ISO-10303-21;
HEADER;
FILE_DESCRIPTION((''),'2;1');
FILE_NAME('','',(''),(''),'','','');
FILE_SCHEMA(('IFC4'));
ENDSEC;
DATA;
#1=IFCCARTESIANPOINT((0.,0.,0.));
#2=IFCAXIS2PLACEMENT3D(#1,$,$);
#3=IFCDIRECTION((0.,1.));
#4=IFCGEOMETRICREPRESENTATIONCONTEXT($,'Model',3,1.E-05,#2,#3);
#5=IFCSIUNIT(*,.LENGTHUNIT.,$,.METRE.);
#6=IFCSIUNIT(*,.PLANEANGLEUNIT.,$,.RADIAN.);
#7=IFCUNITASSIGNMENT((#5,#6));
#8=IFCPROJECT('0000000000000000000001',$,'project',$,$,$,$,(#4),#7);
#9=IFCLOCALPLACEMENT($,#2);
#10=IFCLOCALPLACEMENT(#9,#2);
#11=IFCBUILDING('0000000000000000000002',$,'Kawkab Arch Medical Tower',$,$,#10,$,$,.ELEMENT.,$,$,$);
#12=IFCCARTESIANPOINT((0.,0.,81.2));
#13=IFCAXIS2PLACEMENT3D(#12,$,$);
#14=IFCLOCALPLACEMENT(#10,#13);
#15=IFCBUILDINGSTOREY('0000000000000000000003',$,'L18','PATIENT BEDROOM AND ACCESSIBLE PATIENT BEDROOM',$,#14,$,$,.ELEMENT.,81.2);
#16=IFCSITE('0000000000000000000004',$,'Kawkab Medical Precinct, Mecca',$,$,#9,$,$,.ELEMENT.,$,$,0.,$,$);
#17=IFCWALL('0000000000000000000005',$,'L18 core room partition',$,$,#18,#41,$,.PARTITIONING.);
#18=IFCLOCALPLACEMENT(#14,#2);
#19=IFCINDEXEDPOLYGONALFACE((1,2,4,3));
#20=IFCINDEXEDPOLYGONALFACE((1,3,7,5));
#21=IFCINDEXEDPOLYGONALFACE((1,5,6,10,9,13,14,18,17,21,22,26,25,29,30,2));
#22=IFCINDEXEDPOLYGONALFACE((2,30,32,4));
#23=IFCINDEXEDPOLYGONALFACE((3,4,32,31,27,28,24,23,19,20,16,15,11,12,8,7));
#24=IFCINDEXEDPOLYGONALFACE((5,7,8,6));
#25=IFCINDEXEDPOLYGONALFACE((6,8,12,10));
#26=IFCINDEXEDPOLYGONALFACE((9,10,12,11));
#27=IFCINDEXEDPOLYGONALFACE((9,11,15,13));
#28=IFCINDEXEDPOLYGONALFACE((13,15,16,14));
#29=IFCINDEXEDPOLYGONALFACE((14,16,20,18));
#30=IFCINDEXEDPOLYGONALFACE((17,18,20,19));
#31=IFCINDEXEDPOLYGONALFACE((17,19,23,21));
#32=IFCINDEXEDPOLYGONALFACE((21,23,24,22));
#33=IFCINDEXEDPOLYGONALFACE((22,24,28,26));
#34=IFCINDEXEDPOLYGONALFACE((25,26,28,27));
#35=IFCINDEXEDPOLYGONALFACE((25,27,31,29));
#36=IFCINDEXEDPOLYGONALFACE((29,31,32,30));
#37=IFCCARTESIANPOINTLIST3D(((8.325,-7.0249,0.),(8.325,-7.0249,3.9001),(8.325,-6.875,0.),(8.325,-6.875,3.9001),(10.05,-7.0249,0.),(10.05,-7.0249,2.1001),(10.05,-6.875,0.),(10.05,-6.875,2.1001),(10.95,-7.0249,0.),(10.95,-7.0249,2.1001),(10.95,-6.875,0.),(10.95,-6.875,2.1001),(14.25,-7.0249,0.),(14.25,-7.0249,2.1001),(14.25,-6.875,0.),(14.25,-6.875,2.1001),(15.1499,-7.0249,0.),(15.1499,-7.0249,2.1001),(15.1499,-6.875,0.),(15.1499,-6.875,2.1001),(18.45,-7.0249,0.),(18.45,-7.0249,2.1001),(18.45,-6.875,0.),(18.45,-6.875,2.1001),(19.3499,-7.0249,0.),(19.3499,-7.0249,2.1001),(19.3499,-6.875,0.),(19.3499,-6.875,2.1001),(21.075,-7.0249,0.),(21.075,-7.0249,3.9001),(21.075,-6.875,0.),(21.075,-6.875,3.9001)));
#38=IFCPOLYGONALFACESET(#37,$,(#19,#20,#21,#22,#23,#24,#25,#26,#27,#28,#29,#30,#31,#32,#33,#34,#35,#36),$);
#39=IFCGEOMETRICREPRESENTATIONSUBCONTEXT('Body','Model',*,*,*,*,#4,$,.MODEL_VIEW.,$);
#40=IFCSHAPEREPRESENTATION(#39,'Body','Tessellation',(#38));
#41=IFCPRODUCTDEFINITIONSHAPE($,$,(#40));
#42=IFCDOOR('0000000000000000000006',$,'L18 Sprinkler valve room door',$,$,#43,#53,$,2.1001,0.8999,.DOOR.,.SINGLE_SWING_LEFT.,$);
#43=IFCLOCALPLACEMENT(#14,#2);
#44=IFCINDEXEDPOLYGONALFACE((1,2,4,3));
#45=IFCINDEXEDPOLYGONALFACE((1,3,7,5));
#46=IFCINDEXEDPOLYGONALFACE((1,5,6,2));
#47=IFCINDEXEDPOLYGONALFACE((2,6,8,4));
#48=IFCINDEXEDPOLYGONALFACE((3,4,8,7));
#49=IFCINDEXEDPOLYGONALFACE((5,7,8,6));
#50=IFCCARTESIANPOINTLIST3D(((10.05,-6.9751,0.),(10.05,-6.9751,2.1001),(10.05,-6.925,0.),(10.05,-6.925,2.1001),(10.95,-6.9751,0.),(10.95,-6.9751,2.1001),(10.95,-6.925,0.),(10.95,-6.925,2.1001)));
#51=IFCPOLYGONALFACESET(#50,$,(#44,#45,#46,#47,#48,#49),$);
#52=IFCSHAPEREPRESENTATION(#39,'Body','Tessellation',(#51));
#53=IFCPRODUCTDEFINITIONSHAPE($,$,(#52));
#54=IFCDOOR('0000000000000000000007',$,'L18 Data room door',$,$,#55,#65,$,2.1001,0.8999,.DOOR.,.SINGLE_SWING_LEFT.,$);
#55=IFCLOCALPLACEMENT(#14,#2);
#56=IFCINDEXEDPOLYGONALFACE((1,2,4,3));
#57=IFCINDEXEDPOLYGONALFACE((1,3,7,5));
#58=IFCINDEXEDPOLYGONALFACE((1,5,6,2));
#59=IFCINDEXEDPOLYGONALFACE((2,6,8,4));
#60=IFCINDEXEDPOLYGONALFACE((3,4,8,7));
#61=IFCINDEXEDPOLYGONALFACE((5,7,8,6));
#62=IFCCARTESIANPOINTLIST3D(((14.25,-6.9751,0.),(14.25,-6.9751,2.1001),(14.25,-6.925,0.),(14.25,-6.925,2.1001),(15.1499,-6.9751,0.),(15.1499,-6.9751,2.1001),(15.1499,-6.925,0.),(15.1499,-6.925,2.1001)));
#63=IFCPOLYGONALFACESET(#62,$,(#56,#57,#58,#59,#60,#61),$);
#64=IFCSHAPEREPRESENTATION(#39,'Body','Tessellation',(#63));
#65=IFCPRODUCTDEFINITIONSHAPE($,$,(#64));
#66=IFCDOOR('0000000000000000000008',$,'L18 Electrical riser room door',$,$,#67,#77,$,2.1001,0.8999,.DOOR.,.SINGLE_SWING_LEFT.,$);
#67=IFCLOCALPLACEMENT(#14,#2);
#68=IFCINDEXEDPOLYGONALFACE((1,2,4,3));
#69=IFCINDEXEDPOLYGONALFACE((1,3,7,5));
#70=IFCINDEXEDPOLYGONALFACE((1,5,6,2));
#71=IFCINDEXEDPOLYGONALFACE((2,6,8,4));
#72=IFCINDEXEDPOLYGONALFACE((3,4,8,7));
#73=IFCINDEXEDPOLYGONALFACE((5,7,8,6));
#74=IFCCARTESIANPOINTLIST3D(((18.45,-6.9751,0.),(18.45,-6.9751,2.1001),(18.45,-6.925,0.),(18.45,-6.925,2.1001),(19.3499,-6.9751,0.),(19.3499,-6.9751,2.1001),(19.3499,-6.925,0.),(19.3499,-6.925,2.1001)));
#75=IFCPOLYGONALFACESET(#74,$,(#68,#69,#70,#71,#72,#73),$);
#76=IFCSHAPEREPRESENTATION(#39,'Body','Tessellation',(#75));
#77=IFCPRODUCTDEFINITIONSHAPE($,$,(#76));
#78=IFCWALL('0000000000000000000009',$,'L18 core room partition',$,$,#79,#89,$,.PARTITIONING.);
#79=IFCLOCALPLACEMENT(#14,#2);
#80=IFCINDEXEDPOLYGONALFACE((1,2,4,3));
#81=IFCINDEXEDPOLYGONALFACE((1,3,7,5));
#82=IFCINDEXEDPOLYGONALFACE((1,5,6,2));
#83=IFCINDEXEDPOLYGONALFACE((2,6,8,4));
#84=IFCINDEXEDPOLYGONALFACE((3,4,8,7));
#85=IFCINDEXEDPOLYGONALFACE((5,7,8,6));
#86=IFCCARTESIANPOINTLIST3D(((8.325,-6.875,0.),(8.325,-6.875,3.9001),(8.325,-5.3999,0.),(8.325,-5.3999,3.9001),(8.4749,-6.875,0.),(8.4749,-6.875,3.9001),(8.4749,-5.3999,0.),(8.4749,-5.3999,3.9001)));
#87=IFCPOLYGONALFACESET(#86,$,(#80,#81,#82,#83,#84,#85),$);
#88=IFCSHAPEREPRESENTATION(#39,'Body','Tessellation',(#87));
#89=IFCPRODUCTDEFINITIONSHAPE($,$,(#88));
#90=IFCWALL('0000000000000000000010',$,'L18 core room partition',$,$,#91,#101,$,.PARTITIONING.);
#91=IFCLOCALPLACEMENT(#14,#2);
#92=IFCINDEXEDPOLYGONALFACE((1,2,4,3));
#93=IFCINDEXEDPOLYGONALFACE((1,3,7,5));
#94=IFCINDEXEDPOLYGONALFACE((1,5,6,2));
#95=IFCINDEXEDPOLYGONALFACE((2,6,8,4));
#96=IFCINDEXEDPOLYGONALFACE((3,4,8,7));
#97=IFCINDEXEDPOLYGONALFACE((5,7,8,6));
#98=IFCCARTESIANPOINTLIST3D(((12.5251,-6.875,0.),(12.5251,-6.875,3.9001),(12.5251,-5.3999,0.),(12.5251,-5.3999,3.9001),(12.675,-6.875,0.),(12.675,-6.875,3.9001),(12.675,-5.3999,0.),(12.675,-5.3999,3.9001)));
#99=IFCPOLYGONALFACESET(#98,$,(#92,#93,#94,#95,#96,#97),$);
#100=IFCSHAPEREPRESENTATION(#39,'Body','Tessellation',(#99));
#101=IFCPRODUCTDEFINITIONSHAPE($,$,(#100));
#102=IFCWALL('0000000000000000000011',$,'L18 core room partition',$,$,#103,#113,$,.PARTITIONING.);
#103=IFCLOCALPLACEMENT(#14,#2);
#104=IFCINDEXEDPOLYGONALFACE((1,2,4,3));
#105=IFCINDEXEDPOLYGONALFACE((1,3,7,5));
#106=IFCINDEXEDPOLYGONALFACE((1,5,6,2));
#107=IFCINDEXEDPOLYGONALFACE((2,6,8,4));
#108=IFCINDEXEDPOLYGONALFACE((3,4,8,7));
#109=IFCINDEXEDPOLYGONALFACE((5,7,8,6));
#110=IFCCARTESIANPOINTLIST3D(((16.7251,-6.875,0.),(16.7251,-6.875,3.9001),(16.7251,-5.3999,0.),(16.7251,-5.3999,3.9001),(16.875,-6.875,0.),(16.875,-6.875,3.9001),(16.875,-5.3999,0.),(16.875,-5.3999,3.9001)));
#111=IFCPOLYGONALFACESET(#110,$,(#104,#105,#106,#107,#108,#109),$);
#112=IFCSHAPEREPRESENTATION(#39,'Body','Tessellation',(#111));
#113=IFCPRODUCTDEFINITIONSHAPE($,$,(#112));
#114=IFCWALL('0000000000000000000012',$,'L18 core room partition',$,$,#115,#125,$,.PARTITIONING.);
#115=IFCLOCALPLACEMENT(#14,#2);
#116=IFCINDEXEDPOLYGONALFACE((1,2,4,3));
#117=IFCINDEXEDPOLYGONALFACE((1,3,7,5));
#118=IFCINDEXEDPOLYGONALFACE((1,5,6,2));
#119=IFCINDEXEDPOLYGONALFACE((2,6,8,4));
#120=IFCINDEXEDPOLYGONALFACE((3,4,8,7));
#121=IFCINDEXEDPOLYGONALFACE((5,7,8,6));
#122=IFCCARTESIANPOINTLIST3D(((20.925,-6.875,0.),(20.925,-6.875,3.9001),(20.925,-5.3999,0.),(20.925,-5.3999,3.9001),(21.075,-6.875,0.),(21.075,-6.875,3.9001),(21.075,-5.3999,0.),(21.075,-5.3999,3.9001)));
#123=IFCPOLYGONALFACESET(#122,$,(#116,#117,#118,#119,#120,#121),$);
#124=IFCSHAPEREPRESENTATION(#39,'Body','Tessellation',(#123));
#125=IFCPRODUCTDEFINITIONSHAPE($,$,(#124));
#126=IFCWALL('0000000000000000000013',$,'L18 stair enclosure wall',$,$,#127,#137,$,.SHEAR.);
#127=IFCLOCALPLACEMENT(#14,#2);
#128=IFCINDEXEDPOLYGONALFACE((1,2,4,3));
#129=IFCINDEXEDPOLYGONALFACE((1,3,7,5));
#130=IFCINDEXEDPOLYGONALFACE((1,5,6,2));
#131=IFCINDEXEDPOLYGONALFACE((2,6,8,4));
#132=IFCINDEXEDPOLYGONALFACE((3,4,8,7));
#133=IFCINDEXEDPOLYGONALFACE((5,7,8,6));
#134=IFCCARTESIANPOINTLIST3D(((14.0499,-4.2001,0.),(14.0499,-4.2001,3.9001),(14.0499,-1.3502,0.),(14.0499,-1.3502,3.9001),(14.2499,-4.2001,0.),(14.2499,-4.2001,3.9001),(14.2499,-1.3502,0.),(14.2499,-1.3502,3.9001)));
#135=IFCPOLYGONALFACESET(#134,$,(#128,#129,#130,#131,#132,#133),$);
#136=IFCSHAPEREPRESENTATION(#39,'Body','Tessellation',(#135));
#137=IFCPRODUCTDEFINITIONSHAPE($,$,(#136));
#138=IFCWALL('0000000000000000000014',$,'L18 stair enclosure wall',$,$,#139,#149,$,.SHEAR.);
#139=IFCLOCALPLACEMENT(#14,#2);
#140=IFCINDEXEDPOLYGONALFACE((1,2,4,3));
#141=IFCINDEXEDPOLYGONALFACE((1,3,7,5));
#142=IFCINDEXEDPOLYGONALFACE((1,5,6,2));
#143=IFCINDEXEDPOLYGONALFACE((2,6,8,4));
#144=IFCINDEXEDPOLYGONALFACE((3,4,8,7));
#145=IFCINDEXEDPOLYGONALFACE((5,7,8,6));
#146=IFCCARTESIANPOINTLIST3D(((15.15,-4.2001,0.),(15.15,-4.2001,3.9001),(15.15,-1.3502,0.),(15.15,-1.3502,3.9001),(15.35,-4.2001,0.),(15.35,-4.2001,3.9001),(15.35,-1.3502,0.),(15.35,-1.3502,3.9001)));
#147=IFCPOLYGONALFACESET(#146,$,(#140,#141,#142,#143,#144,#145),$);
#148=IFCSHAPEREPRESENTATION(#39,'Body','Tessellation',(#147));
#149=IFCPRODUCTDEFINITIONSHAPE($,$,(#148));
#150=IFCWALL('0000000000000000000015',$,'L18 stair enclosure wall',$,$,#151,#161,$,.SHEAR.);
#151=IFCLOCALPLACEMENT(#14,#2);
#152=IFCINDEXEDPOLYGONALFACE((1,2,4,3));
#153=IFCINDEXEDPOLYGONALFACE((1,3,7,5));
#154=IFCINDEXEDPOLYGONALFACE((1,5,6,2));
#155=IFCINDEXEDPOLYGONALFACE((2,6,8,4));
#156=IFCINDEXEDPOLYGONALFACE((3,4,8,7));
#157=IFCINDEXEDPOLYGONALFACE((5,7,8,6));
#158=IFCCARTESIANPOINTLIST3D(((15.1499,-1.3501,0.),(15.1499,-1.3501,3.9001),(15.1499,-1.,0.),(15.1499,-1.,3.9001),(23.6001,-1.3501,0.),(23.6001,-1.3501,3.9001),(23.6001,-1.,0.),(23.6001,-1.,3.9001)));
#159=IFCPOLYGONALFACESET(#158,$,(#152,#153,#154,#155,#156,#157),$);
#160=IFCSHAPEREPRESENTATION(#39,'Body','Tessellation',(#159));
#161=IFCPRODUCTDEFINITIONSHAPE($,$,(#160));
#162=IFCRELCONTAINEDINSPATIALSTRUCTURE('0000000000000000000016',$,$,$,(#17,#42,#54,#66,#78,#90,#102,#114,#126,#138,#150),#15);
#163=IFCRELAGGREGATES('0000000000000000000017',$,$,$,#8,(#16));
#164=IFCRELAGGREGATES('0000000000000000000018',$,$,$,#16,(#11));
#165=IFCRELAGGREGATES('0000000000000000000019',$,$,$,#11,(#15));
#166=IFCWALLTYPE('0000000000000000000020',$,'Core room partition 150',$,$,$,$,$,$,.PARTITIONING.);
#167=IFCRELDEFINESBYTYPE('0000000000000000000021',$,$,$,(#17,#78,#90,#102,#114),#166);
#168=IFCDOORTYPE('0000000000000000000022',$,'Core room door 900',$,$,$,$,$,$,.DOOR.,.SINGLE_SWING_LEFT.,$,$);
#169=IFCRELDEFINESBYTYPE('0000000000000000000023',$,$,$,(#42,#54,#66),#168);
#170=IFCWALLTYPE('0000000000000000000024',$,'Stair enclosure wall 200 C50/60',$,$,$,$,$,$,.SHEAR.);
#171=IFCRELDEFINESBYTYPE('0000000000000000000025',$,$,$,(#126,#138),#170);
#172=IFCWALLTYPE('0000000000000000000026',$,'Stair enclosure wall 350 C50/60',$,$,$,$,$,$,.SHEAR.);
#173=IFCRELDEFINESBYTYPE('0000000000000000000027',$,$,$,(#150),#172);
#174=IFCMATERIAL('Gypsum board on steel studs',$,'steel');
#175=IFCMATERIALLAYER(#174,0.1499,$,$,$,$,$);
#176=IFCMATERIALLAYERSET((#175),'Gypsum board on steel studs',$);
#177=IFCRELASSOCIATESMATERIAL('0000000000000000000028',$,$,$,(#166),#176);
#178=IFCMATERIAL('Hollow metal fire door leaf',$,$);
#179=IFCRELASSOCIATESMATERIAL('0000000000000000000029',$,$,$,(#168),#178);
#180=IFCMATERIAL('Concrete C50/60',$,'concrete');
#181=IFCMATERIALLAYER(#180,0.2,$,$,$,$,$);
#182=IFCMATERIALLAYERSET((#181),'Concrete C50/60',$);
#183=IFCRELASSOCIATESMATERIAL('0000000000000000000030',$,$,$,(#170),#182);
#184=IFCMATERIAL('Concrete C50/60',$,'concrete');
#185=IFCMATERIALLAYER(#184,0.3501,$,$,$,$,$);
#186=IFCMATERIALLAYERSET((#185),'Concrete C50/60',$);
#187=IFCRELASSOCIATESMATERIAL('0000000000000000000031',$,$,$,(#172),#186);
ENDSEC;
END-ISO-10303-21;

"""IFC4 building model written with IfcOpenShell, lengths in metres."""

from ifc_helpers import new_model, si_unit, direction, frame, frame_2d, origin, place, context, subcontext, project, spatial, rectangle, extrude, material, layer, layer_set, type_object, element, fill, save


model = new_model("IFC4")

# Units and contexts
model_context = context("Model", 3, precision=1e-05, world=origin(), true_north=direction((0.0, 1.0)))
body_context = subcontext(model_context, "Body", "Model", "MODEL_VIEW")
ifc_project = project(units=[si_unit("LENGTHUNIT", "METRE"), si_unit("PLANEANGLEUNIT", "RADIAN")], contexts=[model_context])

# Site, building, storey
site_placement = place(None, origin())
site = spatial("IfcSite", under=ifc_project, at=site_placement, Name="Kawkab Medical Precinct, Mecca", CompositionType="ELEMENT", RefElevation=0.0)
building_placement = place(site_placement, origin())
building = spatial("IfcBuilding", under=site, at=building_placement, Name="Kawkab Arch Medical Tower", CompositionType="ELEMENT")
storey_placement = place(building_placement, frame((0.0, 0.0, 81.2)))
storey = spatial("IfcBuildingStorey", under=building, at=storey_placement, Name="L18", Description="PATIENT BEDROOM AND ACCESSIBLE PATIENT BEDROOM", CompositionType="ELEMENT", Elevation=81.2)

# Wall, openings, doors
ifc_material_1 = material(Name="Gypsum board on steel studs", Category="steel")
ifc_layer_1 = layer(ifc_material_1, 0.1499)
ifc_layer_set_1 = layer_set([ifc_layer_1], Name="Gypsum board on steel studs")
wall_type_1 = type_object("IfcWallType", Name="Core room partition 150", PredefinedType="PARTITIONING", material=ifc_layer_set_1)
wall_1_placement = place(storey_placement, frame((8.325, -6.95, 0.0), z_axis=(0.0, 0.0, 1.0), x_axis=(1.0, 0.0, 0.0)))
wall_1 = element("IfcWall", 1, at=wall_1_placement, inside=storey, type_object=wall_type_1, Name="L18 core room partition", PredefinedType="PARTITIONING", context=body_context, shape_type="SweptSolid", body=[
    extrude(rectangle(XDim=12.75, YDim=0.1499, at=frame_2d((6.375, 0.0))), origin(), (0.0, 0.0, 1.0), 3.9001),
])
opening_1_placement = place(wall_1_placement, frame((1.7251, 0.0, 0.0)))
opening_1 = element("IfcOpeningElement", 2, at=opening_1_placement, cuts=wall_1, PredefinedType="OPENING", context=body_context, shape_type="SweptSolid", body=[
    extrude(rectangle(XDim=0.8999, YDim=2.1001, at=frame_2d((0.45, 1.05))), frame((0.0, 0.085, 0.0), z_axis=(0.0, -1.0, 0.0), x_axis=(1.0, 0.0, 0.0)), (0.0, 0.0, 1.0), 0.1699),
])
opening_2_placement = place(wall_1_placement, frame((5.925, 0.0, 0.0)))
opening_2 = element("IfcOpeningElement", 3, at=opening_2_placement, cuts=wall_1, PredefinedType="OPENING", context=body_context, shape_type="SweptSolid", body=[
    extrude(rectangle(XDim=0.8999, YDim=2.1001, at=frame_2d((0.45, 1.05))), frame((0.0, 0.085, 0.0), z_axis=(0.0, -1.0, 0.0), x_axis=(1.0, 0.0, 0.0)), (0.0, 0.0, 1.0), 0.1699),
])
opening_3_placement = place(wall_1_placement, frame((10.125, 0.0, 0.0)))
opening_3 = element("IfcOpeningElement", 4, at=opening_3_placement, cuts=wall_1, PredefinedType="OPENING", context=body_context, shape_type="SweptSolid", body=[
    extrude(rectangle(XDim=0.8999, YDim=2.1001, at=frame_2d((0.45, 1.05))), frame((0.0, 0.085, 0.0), z_axis=(0.0, -1.0, 0.0), x_axis=(1.0, 0.0, 0.0)), (0.0, 0.0, 1.0), 0.1699),
])
ifc_material_2 = material(Name="Hollow metal fire door leaf")
door_type = type_object("IfcDoorType", Name="Core room door 900", OperationType="SINGLE_SWING_LEFT", PredefinedType="DOOR", material=ifc_material_2)
door_1_placement = place(opening_1_placement, origin())
door_1 = element("IfcDoor", 5, at=door_1_placement, inside=storey, type_object=door_type, Name="L18 Sprinkler valve room door", OperationType="SINGLE_SWING_LEFT", OverallHeight=2.1001, OverallWidth=0.8999, PredefinedType="DOOR", context=body_context, shape_type="SweptSolid", body=[
    extrude(rectangle(XDim=0.8999, YDim=2.1001, at=frame_2d((0.45, 1.05))), frame((0.0, 0.0249, 0.0), z_axis=(0.0, -1.0, 0.0), x_axis=(1.0, 0.0, 0.0)), (0.0, 0.0, 1.0), 0.05),
])
fill(opening_1, door_1)
door_2_placement = place(opening_2_placement, origin())
door_2 = element("IfcDoor", 6, at=door_2_placement, inside=storey, type_object=door_type, Name="L18 Data room door", OperationType="SINGLE_SWING_LEFT", OverallHeight=2.1001, OverallWidth=0.8999, PredefinedType="DOOR", context=body_context, shape_type="SweptSolid", body=[
    extrude(rectangle(XDim=0.8999, YDim=2.1001, at=frame_2d((0.45, 1.05))), frame((0.0, 0.0249, 0.0), z_axis=(0.0, -1.0, 0.0), x_axis=(1.0, 0.0, 0.0)), (0.0, 0.0, 1.0), 0.05),
])
fill(opening_2, door_2)
door_3_placement = place(opening_3_placement, origin())
door_3 = element("IfcDoor", 7, at=door_3_placement, inside=storey, type_object=door_type, Name="L18 Electrical riser room door", OperationType="SINGLE_SWING_LEFT", OverallHeight=2.1001, OverallWidth=0.8999, PredefinedType="DOOR", context=body_context, shape_type="SweptSolid", body=[
    extrude(rectangle(XDim=0.8999, YDim=2.1001, at=frame_2d((0.45, 1.05))), frame((0.0, 0.0249, 0.0), z_axis=(0.0, -1.0, 0.0), x_axis=(1.0, 0.0, 0.0)), (0.0, 0.0, 1.0), 0.05),
])
fill(opening_3, door_3)

# Walls
for number, where, z_axis, x_axis, name in (
    (8, (8.3999, -6.875, 0.0), (0.0, 0.0, 1.0), (0.0, 1.0, 0.0), "L18 core room partition"),
    (9, (12.6001, -6.875, 0.0), (0.0, 0.0, 1.0), (0.0, 1.0, 0.0), "L18 core room partition"),
    (10, (16.8, -6.875, 0.0), (0.0, 0.0, 1.0), (0.0, 1.0, 0.0), "L18 core room partition"),
    (11, (21.0, -6.875, 0.0), (0.0, 0.0, 1.0), (0.0, 1.0, 0.0), "L18 core room partition"),
):
    element("IfcWall", number, at=place(storey_placement, frame(where, z_axis=z_axis, x_axis=x_axis)), inside=storey, type_object=wall_type_1, Name=name, PredefinedType="PARTITIONING", context=body_context, shape_type="SweptSolid", body=[
        extrude(rectangle(XDim=1.4751, YDim=0.1499, at=frame_2d((0.7375, 0.0))), origin(), (0.0, 0.0, 1.0), 3.9001),
    ])
ifc_material_3 = material(Name="Concrete C50/60", Category="concrete")
ifc_layer_2 = layer(ifc_material_3, 0.2)
ifc_layer_set_2 = layer_set([ifc_layer_2], Name="Concrete C50/60")
wall_type_2 = type_object("IfcWallType", Name="Stair enclosure wall 200 C50/60", PredefinedType="SHEAR", material=ifc_layer_set_2)
for number, where, z_axis, x_axis, name in (
    (12, (14.1499, -4.2, 0.0), (0.0, 0.0, 1.0), (0.0, 1.0, 0.0), "L18 stair enclosure wall"),
    (13, (15.25, -4.2, 0.0), (0.0, 0.0, 1.0), (0.0, 1.0, 0.0), "L18 stair enclosure wall"),
):
    element("IfcWall", number, at=place(storey_placement, frame(where, z_axis=z_axis, x_axis=x_axis)), inside=storey, type_object=wall_type_2, Name=name, PredefinedType="SHEAR", context=body_context, shape_type="SweptSolid", body=[
        extrude(rectangle(XDim=2.8499, YDim=0.2, at=frame_2d((1.4248, 0.0))), origin(), (0.0, 0.0, 1.0), 3.9001),
    ])
ifc_material_4 = material(Name="Concrete C50/60", Category="concrete")
ifc_layer_3 = layer(ifc_material_4, 0.3501)
ifc_layer_set_3 = layer_set([ifc_layer_3], Name="Concrete C50/60")
wall_type_3 = type_object("IfcWallType", Name="Stair enclosure wall 350 C50/60", PredefinedType="SHEAR", material=ifc_layer_set_3)
wall_2_placement = place(storey_placement, frame((15.1499, -1.175, 0.0), z_axis=(0.0, 0.0, 1.0), x_axis=(1.0, 0.0, 0.0)))
element("IfcWall", 14, at=wall_2_placement, inside=storey, type_object=wall_type_3, Name="L18 stair enclosure wall", PredefinedType="SHEAR", context=body_context, shape_type="SweptSolid", body=[
    extrude(rectangle(XDim=8.4502, YDim=0.3501, at=frame_2d((4.2251, 0.0))), origin(), (0.0, 0.0, 1.0), 3.9001),
])

save(model, "model.ifc")
